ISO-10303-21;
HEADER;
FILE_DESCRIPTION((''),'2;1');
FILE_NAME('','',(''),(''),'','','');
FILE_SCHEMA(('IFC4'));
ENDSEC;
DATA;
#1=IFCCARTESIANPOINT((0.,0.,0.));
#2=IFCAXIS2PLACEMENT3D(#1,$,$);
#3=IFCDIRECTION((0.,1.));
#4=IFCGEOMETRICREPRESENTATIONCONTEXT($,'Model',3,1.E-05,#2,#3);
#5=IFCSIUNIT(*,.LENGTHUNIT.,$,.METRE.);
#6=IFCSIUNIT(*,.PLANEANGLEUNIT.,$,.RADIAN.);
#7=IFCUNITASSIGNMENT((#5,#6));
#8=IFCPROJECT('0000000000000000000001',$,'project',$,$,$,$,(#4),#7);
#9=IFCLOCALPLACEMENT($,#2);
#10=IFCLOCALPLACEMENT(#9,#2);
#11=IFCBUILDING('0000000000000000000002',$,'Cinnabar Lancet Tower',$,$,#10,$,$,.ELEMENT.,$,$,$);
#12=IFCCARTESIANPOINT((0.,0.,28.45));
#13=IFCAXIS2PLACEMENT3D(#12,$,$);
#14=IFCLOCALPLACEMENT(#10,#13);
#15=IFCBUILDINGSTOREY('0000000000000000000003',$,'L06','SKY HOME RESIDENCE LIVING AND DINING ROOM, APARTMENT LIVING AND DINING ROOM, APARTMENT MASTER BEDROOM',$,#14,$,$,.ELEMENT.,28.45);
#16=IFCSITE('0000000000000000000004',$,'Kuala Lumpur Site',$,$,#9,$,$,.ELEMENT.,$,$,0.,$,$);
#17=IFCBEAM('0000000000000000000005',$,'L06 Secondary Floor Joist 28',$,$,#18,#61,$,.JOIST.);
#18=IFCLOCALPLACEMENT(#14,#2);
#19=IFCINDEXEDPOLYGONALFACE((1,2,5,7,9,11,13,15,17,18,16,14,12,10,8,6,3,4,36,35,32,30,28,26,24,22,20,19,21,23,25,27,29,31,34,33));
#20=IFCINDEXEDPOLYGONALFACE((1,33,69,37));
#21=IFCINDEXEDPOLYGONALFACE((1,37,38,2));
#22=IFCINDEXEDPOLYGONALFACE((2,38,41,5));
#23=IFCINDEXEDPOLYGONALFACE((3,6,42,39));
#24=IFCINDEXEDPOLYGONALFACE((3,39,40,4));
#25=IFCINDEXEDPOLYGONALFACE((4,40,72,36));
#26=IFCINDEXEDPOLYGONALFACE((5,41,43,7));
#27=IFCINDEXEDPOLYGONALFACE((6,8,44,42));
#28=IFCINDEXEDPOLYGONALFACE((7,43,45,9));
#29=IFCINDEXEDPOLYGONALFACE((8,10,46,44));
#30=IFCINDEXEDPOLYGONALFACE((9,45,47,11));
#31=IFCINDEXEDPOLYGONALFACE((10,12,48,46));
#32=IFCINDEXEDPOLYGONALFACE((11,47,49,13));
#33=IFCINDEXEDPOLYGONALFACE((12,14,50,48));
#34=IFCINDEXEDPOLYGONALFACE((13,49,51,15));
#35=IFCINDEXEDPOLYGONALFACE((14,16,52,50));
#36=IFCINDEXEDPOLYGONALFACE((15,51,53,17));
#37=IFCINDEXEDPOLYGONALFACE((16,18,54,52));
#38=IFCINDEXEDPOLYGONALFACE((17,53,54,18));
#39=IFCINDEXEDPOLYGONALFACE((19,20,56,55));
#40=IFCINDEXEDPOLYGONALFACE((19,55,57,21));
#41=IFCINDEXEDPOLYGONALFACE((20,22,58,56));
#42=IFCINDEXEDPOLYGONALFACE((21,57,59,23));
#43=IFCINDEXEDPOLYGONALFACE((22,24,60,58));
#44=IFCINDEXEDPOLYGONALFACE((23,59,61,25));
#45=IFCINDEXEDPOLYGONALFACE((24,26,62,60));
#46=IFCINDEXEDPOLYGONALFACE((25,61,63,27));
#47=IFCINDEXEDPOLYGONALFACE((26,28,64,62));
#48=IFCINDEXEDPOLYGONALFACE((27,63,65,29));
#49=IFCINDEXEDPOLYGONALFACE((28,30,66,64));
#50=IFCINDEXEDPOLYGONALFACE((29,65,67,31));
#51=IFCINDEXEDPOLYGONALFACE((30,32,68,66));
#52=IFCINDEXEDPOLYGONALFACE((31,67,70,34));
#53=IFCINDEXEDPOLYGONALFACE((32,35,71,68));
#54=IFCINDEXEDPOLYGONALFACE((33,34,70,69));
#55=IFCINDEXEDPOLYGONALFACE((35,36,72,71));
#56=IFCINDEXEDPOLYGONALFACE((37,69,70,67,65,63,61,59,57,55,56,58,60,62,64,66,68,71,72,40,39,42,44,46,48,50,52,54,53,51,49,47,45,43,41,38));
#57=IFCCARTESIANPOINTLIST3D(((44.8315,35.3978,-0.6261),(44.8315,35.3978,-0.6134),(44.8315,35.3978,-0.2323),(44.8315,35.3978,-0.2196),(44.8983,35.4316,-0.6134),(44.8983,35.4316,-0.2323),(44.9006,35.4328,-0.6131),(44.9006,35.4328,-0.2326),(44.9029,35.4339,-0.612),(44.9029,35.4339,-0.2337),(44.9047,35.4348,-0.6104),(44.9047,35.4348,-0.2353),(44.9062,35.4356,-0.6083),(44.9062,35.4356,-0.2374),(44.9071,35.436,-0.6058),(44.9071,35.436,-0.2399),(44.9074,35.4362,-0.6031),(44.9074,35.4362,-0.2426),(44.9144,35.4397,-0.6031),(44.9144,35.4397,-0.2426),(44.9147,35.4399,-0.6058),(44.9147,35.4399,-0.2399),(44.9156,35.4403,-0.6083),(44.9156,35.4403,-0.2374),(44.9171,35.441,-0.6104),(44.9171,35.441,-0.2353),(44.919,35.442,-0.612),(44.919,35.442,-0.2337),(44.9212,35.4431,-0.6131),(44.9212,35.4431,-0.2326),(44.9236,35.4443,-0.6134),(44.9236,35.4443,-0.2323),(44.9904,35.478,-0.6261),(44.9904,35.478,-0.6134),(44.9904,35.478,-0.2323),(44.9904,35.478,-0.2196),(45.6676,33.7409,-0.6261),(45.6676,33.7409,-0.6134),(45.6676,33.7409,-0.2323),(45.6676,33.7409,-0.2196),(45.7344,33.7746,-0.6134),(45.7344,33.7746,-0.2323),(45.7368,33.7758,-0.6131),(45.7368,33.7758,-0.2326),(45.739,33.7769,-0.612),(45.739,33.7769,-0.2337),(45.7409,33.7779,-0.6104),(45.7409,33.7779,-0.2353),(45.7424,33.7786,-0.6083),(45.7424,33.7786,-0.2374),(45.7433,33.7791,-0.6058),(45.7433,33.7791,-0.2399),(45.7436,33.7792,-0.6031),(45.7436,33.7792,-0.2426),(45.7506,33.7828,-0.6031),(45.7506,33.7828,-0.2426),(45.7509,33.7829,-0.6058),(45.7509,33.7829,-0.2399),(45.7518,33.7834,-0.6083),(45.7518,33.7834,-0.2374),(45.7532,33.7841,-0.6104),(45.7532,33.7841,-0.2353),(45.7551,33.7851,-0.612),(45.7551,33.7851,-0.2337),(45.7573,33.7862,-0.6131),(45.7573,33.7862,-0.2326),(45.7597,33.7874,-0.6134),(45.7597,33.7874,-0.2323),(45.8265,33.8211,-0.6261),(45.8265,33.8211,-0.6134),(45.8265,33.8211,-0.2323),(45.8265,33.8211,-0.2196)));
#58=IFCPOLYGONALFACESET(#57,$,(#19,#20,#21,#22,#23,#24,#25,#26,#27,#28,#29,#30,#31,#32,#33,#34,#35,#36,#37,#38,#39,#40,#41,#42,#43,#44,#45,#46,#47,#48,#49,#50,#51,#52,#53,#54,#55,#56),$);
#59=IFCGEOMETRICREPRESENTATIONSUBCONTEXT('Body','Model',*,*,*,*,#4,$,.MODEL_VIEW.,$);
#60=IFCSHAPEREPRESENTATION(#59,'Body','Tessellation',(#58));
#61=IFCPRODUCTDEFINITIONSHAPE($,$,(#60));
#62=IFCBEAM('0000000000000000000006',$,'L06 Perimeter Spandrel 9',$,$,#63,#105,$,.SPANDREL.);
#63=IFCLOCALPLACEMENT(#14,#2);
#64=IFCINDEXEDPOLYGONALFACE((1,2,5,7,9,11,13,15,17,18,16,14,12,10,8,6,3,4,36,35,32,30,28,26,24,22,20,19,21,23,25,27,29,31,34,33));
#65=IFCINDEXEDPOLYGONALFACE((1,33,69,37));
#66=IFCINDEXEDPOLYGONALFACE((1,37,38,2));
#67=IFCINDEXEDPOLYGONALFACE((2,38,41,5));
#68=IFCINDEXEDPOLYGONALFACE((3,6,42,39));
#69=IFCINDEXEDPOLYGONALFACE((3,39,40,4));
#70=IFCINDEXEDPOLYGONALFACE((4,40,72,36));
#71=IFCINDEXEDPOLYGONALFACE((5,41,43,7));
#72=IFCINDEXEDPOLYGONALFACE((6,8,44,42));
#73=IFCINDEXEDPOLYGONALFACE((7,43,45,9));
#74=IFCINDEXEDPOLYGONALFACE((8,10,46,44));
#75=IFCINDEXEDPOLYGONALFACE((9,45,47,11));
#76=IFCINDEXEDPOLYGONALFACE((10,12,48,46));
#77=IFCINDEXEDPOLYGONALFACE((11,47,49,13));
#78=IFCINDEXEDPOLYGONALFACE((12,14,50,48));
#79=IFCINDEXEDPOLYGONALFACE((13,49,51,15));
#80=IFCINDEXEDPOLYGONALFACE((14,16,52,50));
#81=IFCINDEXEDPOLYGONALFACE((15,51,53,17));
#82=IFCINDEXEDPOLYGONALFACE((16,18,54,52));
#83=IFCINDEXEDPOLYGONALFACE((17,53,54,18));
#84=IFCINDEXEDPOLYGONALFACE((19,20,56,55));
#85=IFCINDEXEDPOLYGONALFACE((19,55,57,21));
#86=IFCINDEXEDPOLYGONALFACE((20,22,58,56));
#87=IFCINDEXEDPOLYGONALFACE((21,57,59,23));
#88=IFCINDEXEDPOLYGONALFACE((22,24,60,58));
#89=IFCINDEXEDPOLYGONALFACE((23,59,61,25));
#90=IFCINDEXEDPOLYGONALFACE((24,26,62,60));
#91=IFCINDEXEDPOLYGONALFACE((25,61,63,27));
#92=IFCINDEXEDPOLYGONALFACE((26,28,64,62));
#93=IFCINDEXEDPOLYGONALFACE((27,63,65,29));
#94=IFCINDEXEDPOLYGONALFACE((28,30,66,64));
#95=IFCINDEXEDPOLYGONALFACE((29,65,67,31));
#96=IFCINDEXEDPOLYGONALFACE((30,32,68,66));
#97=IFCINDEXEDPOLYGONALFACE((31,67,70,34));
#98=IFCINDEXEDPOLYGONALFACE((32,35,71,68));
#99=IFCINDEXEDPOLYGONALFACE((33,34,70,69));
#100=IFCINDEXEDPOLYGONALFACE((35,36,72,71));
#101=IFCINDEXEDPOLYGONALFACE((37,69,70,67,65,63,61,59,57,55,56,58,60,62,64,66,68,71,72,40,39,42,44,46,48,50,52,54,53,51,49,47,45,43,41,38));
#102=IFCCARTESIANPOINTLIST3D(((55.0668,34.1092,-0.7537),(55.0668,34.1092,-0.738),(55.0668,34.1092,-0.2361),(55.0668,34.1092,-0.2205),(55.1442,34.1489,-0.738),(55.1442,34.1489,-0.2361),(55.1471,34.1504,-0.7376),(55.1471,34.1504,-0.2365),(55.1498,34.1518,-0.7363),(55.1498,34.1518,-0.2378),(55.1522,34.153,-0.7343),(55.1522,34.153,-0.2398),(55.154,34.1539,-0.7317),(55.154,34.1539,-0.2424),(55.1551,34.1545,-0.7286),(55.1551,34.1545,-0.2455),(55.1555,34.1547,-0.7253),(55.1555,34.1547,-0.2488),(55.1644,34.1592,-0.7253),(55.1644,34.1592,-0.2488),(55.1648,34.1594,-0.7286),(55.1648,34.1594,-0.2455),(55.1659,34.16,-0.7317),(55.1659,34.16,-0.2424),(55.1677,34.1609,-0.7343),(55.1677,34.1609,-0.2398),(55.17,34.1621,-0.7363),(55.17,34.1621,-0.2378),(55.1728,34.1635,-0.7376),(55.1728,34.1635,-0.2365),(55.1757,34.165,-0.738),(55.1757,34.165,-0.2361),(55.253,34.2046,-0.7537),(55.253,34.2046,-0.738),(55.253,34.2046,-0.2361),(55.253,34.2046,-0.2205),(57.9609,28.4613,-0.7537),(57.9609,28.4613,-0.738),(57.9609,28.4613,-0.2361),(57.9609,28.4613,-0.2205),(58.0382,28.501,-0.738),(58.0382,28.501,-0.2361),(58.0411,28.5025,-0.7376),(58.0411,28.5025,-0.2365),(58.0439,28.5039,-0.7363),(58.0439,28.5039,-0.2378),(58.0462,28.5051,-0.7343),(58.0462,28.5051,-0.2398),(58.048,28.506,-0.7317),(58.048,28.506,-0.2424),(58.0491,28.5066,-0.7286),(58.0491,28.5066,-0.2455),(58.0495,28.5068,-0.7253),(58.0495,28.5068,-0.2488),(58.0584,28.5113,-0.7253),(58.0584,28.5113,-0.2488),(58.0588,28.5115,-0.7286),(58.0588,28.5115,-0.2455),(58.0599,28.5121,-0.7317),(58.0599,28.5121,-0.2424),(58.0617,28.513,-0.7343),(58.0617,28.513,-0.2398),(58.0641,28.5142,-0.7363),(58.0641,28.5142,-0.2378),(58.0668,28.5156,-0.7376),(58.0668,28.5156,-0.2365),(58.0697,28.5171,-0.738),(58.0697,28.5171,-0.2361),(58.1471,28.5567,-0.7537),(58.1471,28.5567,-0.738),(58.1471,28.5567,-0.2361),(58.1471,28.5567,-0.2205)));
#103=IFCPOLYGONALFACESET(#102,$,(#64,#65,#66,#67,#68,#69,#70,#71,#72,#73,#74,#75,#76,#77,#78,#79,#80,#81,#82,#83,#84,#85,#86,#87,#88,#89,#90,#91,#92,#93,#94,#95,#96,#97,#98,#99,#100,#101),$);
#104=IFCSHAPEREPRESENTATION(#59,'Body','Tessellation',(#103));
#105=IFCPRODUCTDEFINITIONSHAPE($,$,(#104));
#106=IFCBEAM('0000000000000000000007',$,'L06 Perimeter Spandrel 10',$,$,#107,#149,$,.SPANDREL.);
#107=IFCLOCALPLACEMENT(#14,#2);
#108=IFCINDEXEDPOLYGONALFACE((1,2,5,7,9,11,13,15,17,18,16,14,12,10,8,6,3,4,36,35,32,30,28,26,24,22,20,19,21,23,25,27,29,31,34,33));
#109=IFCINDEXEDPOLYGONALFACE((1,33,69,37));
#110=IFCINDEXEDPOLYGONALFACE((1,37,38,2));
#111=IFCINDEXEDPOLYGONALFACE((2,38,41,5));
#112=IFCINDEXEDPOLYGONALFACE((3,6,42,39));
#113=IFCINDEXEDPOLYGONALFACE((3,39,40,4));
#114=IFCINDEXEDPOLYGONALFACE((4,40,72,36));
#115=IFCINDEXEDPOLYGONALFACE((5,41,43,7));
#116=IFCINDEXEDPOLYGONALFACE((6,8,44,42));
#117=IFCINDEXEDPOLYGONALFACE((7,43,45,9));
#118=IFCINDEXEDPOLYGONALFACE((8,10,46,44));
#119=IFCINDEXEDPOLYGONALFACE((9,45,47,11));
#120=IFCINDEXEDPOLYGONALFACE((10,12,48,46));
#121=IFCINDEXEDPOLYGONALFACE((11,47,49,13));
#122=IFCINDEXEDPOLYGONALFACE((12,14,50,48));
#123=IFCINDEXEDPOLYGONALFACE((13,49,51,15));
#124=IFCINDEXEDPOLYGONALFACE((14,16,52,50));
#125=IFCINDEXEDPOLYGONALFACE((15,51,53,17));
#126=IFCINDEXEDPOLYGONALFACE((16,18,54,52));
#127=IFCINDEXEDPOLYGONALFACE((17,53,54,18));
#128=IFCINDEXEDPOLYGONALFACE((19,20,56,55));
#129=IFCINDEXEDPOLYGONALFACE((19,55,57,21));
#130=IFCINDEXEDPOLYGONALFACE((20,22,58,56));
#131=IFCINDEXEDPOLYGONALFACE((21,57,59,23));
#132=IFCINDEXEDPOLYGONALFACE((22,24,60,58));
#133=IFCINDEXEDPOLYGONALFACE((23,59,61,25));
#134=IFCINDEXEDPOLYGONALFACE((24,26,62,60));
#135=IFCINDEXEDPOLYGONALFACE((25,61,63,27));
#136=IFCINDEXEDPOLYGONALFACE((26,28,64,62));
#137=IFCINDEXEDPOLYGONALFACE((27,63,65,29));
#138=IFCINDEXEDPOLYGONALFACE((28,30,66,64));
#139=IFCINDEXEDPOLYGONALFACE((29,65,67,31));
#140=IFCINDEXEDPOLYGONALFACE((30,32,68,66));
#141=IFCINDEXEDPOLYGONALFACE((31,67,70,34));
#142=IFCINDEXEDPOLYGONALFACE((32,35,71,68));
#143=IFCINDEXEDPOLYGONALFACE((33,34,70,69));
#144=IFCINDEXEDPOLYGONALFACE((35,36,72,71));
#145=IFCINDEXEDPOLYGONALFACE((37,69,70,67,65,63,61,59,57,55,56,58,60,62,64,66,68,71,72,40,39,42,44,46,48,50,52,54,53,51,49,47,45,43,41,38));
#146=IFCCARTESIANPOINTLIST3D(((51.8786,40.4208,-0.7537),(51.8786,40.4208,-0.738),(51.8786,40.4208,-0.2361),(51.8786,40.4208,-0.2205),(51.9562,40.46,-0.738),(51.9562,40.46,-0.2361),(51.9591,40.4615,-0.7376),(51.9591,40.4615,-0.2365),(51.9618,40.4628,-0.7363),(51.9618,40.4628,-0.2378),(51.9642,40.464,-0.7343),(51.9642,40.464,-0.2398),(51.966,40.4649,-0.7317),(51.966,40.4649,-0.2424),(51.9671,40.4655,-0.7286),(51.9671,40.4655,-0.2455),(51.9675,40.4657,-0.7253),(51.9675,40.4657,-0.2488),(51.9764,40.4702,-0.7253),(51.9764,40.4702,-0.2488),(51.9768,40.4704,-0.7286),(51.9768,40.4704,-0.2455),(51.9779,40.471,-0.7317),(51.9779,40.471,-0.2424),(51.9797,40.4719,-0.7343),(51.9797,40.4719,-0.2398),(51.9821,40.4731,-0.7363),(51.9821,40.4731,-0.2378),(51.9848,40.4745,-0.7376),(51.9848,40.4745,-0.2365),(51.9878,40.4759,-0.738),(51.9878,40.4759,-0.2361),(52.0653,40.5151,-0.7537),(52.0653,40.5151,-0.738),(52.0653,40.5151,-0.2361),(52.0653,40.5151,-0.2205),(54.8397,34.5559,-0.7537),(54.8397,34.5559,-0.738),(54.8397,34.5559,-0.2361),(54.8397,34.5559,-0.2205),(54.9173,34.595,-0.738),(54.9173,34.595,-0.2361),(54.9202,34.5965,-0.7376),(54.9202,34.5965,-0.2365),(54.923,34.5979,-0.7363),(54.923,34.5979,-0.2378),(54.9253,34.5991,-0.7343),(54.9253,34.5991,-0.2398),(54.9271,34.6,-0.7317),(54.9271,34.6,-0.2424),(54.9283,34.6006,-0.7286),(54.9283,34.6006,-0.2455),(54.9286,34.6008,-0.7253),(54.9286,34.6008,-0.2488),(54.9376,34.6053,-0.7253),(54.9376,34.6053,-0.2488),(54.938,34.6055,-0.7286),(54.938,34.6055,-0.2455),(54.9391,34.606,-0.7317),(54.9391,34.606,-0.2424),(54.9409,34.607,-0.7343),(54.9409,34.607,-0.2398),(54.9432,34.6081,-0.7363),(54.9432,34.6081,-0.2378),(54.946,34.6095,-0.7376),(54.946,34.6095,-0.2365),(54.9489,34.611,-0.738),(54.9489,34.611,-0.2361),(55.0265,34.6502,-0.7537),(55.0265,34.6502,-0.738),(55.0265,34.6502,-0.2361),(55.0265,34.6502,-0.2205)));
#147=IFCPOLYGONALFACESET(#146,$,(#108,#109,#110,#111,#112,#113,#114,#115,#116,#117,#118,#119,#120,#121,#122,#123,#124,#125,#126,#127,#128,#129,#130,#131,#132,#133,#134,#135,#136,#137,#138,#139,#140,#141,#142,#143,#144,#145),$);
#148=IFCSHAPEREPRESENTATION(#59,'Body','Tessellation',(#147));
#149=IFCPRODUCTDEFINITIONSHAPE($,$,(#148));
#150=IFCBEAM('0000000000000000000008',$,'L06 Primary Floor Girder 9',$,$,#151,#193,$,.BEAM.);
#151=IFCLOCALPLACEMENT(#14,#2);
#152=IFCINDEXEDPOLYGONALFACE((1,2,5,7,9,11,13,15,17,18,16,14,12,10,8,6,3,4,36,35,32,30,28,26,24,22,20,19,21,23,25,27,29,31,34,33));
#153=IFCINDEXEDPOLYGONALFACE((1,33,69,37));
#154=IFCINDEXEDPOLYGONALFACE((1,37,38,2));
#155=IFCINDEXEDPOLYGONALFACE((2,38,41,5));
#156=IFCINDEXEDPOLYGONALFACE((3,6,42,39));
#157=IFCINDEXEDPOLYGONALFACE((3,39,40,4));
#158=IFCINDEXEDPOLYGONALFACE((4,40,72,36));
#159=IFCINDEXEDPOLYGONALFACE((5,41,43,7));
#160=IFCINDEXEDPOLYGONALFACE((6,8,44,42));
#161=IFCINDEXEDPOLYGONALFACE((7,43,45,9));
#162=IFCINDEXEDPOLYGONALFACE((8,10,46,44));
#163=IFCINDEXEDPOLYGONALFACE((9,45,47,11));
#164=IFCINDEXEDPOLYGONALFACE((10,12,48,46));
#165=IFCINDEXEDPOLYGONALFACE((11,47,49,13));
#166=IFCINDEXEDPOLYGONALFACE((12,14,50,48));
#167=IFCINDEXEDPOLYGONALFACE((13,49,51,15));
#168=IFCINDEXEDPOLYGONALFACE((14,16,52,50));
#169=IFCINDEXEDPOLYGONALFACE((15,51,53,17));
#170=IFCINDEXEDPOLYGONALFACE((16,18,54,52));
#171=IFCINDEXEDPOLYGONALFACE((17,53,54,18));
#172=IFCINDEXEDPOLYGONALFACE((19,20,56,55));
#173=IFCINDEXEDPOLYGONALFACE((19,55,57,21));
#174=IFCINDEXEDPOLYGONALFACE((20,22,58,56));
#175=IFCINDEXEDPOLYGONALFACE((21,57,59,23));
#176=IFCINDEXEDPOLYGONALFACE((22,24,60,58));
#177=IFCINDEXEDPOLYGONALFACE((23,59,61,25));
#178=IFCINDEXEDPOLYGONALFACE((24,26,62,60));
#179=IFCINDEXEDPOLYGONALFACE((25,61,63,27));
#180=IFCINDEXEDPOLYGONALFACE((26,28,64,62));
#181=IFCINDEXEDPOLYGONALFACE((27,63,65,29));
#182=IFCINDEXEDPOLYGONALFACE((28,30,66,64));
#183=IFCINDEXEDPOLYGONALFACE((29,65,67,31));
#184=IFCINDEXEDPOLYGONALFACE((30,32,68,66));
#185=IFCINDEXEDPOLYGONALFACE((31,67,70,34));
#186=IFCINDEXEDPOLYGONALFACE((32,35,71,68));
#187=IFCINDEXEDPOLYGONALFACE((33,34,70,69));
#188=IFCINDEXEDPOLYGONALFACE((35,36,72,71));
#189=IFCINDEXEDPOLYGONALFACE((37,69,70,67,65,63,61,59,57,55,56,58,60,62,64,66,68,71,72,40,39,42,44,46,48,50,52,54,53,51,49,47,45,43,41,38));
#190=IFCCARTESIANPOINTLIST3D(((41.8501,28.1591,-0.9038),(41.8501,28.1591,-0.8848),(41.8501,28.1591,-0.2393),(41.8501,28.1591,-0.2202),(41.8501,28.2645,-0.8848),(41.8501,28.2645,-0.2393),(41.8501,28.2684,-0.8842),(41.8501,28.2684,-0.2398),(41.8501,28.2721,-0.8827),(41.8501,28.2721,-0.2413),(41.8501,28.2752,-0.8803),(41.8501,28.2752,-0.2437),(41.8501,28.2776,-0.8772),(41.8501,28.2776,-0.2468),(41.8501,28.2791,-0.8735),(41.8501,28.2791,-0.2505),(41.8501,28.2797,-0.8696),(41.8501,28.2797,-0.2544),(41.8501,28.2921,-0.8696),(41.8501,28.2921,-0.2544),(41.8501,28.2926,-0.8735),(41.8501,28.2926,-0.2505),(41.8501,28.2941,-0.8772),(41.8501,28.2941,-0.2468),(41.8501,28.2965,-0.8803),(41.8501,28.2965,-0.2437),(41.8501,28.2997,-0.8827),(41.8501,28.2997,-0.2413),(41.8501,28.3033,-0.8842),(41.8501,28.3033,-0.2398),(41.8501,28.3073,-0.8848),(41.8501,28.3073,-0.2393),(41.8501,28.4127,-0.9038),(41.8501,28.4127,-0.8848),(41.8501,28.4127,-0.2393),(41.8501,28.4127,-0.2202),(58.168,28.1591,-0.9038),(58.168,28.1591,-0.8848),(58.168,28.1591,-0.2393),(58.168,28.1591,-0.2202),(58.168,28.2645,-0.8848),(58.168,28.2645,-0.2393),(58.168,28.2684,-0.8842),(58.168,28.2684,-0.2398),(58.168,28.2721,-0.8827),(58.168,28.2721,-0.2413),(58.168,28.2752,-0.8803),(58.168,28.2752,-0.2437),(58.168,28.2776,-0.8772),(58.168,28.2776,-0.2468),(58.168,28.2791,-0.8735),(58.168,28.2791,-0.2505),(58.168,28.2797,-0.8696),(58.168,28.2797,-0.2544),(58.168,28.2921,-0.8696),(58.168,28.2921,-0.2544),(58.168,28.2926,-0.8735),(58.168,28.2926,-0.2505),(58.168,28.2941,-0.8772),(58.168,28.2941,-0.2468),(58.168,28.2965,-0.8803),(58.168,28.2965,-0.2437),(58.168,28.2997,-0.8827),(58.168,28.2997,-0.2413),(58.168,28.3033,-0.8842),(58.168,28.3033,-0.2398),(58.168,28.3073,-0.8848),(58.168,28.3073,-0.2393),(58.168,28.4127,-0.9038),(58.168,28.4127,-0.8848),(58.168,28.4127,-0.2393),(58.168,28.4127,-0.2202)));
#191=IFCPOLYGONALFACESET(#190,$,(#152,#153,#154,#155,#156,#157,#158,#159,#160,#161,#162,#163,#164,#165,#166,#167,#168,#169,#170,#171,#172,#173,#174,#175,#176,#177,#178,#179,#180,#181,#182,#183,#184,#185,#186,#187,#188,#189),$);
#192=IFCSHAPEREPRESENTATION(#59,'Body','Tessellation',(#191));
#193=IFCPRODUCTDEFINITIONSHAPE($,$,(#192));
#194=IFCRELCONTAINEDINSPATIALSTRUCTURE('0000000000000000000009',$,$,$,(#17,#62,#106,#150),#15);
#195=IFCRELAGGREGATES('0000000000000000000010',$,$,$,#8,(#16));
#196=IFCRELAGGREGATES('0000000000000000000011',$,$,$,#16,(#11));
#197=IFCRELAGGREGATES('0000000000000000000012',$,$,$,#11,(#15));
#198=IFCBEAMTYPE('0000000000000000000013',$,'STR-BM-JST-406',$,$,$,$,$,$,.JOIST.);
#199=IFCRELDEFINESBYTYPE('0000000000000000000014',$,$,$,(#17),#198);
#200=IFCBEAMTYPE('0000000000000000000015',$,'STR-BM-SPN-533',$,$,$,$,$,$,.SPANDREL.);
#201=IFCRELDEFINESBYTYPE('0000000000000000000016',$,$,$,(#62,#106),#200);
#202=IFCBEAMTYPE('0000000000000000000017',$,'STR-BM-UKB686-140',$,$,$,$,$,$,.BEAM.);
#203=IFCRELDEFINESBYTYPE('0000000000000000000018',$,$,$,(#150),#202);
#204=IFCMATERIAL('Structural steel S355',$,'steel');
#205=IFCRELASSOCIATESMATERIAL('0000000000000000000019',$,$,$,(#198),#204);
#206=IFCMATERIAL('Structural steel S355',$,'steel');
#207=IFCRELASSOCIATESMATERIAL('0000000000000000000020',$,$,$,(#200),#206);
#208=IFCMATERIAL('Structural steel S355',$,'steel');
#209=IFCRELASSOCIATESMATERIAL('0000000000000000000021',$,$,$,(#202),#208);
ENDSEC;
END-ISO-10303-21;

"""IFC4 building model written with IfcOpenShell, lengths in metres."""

from ifc_helpers import new_model, si_unit, direction, frame, origin, origin_2d, place, context, subcontext, project, spatial, i_section, extrude, material, material_profile, profile_set, type_object, element, save


model = new_model("IFC4")

# Units and contexts
model_context = context("Model", 3, precision=1e-05, world=origin(), true_north=direction((0.0, 1.0)))
body_context = subcontext(model_context, "Body", "Model", "MODEL_VIEW")
ifc_project = project(units=[si_unit("LENGTHUNIT", "METRE"), si_unit("PLANEANGLEUNIT", "RADIAN")], contexts=[model_context])

# Site, building, storey
site_placement = place(None, origin())
site = spatial("IfcSite", under=ifc_project, at=site_placement, Name="Kuala Lumpur Site", CompositionType="ELEMENT", RefElevation=0.0)
building_placement = place(site_placement, origin())
building = spatial("IfcBuilding", under=site, at=building_placement, Name="Cinnabar Lancet Tower", CompositionType="ELEMENT")
storey_placement = place(building_placement, frame((0.0, 0.0, 28.45)))
storey = spatial("IfcBuildingStorey", under=building, at=storey_placement, Name="L06", Description="SKY HOME RESIDENCE LIVING AND DINING ROOM, APARTMENT LIVING AND DINING ROOM, APARTMENT MASTER BEDROOM", CompositionType="ELEMENT", Elevation=28.45)

# Beams
ifc_material_1 = material(Name="Structural steel S355", Category="steel")
ifc_material_profile_1 = material_profile(ifc_material_1, i_section(OverallWidth=0.178, OverallDepth=0.4065, WebThickness=0.0078, FlangeThickness=0.0127, FilletRadius=0.0103, at=origin_2d()), Name="UKB 406x178x60")
ifc_profile_set_1 = profile_set([ifc_material_profile_1], Name="Structural steel S355")
beam_type_1 = type_object("IfcBeamType", Name="STR-BM-JST-406", PredefinedType="JOIST", material=ifc_profile_set_1)
beam_1_placement = place(storey_placement, frame((45.7471, 33.781, -0.4229), z_axis=(-0.450525, 0.892764, 0.0), x_axis=(-0.892764, -0.450525, 0.0)))
element("IfcBeam", 1, at=beam_1_placement, inside=storey, type_object=beam_type_1, Name="L06 Secondary Floor Joist 28", PredefinedType="JOIST", context=body_context, shape_type="SweptSolid", body=[
    extrude(i_section(OverallWidth=0.178, OverallDepth=0.4065, WebThickness=0.0078, FlangeThickness=0.0127, FilletRadius=0.0103, at=origin_2d()), origin(), (0.0, 0.0, 1.0), 1.856),
])
ifc_material_2 = material(Name="Structural steel S355", Category="steel")
ifc_material_profile_2 = material_profile(ifc_material_2, i_section(OverallWidth=0.2092, OverallDepth=0.5332, WebThickness=0.01, FlangeThickness=0.0156, FilletRadius=0.0127, at=origin_2d()), Name="UKB 533x210x92")
ifc_profile_set_2 = profile_set([ifc_material_profile_2], Name="Structural steel S355")
beam_type_2 = type_object("IfcBeamType", Name="STR-BM-SPN-533", PredefinedType="SPANDREL", material=ifc_profile_set_2)
beam_2_placement = place(storey_placement, frame((58.054, 28.509, -0.4871), z_axis=(-0.456025, 0.889967, 0.0), x_axis=(-0.889967, -0.456025, 0.0)))
element("IfcBeam", 2, at=beam_2_placement, inside=storey, type_object=beam_type_2, Name="L06 Perimeter Spandrel 9", PredefinedType="SPANDREL", context=body_context, shape_type="SweptSolid", body=[
    extrude(i_section(OverallWidth=0.2092, OverallDepth=0.5332, WebThickness=0.01, FlangeThickness=0.0156, FilletRadius=0.0127, at=origin_2d()), origin(), (0.0, 0.0, 1.0), 6.3462),
])
beam_3_placement = place(storey_placement, frame((54.9331, 34.603, -0.4871), z_axis=(-0.450703, 0.892674, 0.0), x_axis=(-0.892674, -0.450703, 0.0)))
element("IfcBeam", 3, at=beam_3_placement, inside=storey, type_object=beam_type_2, Name="L06 Perimeter Spandrel 10", PredefinedType="SPANDREL", context=body_context, shape_type="SweptSolid", body=[
    extrude(i_section(OverallWidth=0.2092, OverallDepth=0.5332, WebThickness=0.01, FlangeThickness=0.0156, FilletRadius=0.0127, at=origin_2d()), origin(), (0.0, 0.0, 1.0), 6.5701),
])
ifc_material_3 = material(Name="Structural steel S355", Category="steel")
ifc_material_profile_3 = material_profile(ifc_material_3, i_section(OverallWidth=0.2537, OverallDepth=0.6836, WebThickness=0.0125, FlangeThickness=0.019, FilletRadius=0.0151, at=origin_2d()), Name="UKB 686x254x140")
ifc_profile_set_3 = profile_set([ifc_material_profile_3], Name="Structural steel S355")
beam_type_3 = type_object("IfcBeamType", Name="STR-BM-UKB686-140", PredefinedType="BEAM", material=ifc_profile_set_3)
beam_4_placement = place(storey_placement, frame((58.168, 28.2859, -0.562), z_axis=(-1.0, 0.0, 0.0), x_axis=(0.0, -1.0, 0.0)))
element("IfcBeam", 4, at=beam_4_placement, inside=storey, type_object=beam_type_3, Name="L06 Primary Floor Girder 9", PredefinedType="BEAM", context=body_context, shape_type="SweptSolid", body=[
    extrude(i_section(OverallWidth=0.2537, OverallDepth=0.6836, WebThickness=0.0125, FlangeThickness=0.019, FilletRadius=0.0151, at=origin_2d()), origin(), (0.0, 0.0, 1.0), 16.3179),
])

save(model, "model.ifc")
